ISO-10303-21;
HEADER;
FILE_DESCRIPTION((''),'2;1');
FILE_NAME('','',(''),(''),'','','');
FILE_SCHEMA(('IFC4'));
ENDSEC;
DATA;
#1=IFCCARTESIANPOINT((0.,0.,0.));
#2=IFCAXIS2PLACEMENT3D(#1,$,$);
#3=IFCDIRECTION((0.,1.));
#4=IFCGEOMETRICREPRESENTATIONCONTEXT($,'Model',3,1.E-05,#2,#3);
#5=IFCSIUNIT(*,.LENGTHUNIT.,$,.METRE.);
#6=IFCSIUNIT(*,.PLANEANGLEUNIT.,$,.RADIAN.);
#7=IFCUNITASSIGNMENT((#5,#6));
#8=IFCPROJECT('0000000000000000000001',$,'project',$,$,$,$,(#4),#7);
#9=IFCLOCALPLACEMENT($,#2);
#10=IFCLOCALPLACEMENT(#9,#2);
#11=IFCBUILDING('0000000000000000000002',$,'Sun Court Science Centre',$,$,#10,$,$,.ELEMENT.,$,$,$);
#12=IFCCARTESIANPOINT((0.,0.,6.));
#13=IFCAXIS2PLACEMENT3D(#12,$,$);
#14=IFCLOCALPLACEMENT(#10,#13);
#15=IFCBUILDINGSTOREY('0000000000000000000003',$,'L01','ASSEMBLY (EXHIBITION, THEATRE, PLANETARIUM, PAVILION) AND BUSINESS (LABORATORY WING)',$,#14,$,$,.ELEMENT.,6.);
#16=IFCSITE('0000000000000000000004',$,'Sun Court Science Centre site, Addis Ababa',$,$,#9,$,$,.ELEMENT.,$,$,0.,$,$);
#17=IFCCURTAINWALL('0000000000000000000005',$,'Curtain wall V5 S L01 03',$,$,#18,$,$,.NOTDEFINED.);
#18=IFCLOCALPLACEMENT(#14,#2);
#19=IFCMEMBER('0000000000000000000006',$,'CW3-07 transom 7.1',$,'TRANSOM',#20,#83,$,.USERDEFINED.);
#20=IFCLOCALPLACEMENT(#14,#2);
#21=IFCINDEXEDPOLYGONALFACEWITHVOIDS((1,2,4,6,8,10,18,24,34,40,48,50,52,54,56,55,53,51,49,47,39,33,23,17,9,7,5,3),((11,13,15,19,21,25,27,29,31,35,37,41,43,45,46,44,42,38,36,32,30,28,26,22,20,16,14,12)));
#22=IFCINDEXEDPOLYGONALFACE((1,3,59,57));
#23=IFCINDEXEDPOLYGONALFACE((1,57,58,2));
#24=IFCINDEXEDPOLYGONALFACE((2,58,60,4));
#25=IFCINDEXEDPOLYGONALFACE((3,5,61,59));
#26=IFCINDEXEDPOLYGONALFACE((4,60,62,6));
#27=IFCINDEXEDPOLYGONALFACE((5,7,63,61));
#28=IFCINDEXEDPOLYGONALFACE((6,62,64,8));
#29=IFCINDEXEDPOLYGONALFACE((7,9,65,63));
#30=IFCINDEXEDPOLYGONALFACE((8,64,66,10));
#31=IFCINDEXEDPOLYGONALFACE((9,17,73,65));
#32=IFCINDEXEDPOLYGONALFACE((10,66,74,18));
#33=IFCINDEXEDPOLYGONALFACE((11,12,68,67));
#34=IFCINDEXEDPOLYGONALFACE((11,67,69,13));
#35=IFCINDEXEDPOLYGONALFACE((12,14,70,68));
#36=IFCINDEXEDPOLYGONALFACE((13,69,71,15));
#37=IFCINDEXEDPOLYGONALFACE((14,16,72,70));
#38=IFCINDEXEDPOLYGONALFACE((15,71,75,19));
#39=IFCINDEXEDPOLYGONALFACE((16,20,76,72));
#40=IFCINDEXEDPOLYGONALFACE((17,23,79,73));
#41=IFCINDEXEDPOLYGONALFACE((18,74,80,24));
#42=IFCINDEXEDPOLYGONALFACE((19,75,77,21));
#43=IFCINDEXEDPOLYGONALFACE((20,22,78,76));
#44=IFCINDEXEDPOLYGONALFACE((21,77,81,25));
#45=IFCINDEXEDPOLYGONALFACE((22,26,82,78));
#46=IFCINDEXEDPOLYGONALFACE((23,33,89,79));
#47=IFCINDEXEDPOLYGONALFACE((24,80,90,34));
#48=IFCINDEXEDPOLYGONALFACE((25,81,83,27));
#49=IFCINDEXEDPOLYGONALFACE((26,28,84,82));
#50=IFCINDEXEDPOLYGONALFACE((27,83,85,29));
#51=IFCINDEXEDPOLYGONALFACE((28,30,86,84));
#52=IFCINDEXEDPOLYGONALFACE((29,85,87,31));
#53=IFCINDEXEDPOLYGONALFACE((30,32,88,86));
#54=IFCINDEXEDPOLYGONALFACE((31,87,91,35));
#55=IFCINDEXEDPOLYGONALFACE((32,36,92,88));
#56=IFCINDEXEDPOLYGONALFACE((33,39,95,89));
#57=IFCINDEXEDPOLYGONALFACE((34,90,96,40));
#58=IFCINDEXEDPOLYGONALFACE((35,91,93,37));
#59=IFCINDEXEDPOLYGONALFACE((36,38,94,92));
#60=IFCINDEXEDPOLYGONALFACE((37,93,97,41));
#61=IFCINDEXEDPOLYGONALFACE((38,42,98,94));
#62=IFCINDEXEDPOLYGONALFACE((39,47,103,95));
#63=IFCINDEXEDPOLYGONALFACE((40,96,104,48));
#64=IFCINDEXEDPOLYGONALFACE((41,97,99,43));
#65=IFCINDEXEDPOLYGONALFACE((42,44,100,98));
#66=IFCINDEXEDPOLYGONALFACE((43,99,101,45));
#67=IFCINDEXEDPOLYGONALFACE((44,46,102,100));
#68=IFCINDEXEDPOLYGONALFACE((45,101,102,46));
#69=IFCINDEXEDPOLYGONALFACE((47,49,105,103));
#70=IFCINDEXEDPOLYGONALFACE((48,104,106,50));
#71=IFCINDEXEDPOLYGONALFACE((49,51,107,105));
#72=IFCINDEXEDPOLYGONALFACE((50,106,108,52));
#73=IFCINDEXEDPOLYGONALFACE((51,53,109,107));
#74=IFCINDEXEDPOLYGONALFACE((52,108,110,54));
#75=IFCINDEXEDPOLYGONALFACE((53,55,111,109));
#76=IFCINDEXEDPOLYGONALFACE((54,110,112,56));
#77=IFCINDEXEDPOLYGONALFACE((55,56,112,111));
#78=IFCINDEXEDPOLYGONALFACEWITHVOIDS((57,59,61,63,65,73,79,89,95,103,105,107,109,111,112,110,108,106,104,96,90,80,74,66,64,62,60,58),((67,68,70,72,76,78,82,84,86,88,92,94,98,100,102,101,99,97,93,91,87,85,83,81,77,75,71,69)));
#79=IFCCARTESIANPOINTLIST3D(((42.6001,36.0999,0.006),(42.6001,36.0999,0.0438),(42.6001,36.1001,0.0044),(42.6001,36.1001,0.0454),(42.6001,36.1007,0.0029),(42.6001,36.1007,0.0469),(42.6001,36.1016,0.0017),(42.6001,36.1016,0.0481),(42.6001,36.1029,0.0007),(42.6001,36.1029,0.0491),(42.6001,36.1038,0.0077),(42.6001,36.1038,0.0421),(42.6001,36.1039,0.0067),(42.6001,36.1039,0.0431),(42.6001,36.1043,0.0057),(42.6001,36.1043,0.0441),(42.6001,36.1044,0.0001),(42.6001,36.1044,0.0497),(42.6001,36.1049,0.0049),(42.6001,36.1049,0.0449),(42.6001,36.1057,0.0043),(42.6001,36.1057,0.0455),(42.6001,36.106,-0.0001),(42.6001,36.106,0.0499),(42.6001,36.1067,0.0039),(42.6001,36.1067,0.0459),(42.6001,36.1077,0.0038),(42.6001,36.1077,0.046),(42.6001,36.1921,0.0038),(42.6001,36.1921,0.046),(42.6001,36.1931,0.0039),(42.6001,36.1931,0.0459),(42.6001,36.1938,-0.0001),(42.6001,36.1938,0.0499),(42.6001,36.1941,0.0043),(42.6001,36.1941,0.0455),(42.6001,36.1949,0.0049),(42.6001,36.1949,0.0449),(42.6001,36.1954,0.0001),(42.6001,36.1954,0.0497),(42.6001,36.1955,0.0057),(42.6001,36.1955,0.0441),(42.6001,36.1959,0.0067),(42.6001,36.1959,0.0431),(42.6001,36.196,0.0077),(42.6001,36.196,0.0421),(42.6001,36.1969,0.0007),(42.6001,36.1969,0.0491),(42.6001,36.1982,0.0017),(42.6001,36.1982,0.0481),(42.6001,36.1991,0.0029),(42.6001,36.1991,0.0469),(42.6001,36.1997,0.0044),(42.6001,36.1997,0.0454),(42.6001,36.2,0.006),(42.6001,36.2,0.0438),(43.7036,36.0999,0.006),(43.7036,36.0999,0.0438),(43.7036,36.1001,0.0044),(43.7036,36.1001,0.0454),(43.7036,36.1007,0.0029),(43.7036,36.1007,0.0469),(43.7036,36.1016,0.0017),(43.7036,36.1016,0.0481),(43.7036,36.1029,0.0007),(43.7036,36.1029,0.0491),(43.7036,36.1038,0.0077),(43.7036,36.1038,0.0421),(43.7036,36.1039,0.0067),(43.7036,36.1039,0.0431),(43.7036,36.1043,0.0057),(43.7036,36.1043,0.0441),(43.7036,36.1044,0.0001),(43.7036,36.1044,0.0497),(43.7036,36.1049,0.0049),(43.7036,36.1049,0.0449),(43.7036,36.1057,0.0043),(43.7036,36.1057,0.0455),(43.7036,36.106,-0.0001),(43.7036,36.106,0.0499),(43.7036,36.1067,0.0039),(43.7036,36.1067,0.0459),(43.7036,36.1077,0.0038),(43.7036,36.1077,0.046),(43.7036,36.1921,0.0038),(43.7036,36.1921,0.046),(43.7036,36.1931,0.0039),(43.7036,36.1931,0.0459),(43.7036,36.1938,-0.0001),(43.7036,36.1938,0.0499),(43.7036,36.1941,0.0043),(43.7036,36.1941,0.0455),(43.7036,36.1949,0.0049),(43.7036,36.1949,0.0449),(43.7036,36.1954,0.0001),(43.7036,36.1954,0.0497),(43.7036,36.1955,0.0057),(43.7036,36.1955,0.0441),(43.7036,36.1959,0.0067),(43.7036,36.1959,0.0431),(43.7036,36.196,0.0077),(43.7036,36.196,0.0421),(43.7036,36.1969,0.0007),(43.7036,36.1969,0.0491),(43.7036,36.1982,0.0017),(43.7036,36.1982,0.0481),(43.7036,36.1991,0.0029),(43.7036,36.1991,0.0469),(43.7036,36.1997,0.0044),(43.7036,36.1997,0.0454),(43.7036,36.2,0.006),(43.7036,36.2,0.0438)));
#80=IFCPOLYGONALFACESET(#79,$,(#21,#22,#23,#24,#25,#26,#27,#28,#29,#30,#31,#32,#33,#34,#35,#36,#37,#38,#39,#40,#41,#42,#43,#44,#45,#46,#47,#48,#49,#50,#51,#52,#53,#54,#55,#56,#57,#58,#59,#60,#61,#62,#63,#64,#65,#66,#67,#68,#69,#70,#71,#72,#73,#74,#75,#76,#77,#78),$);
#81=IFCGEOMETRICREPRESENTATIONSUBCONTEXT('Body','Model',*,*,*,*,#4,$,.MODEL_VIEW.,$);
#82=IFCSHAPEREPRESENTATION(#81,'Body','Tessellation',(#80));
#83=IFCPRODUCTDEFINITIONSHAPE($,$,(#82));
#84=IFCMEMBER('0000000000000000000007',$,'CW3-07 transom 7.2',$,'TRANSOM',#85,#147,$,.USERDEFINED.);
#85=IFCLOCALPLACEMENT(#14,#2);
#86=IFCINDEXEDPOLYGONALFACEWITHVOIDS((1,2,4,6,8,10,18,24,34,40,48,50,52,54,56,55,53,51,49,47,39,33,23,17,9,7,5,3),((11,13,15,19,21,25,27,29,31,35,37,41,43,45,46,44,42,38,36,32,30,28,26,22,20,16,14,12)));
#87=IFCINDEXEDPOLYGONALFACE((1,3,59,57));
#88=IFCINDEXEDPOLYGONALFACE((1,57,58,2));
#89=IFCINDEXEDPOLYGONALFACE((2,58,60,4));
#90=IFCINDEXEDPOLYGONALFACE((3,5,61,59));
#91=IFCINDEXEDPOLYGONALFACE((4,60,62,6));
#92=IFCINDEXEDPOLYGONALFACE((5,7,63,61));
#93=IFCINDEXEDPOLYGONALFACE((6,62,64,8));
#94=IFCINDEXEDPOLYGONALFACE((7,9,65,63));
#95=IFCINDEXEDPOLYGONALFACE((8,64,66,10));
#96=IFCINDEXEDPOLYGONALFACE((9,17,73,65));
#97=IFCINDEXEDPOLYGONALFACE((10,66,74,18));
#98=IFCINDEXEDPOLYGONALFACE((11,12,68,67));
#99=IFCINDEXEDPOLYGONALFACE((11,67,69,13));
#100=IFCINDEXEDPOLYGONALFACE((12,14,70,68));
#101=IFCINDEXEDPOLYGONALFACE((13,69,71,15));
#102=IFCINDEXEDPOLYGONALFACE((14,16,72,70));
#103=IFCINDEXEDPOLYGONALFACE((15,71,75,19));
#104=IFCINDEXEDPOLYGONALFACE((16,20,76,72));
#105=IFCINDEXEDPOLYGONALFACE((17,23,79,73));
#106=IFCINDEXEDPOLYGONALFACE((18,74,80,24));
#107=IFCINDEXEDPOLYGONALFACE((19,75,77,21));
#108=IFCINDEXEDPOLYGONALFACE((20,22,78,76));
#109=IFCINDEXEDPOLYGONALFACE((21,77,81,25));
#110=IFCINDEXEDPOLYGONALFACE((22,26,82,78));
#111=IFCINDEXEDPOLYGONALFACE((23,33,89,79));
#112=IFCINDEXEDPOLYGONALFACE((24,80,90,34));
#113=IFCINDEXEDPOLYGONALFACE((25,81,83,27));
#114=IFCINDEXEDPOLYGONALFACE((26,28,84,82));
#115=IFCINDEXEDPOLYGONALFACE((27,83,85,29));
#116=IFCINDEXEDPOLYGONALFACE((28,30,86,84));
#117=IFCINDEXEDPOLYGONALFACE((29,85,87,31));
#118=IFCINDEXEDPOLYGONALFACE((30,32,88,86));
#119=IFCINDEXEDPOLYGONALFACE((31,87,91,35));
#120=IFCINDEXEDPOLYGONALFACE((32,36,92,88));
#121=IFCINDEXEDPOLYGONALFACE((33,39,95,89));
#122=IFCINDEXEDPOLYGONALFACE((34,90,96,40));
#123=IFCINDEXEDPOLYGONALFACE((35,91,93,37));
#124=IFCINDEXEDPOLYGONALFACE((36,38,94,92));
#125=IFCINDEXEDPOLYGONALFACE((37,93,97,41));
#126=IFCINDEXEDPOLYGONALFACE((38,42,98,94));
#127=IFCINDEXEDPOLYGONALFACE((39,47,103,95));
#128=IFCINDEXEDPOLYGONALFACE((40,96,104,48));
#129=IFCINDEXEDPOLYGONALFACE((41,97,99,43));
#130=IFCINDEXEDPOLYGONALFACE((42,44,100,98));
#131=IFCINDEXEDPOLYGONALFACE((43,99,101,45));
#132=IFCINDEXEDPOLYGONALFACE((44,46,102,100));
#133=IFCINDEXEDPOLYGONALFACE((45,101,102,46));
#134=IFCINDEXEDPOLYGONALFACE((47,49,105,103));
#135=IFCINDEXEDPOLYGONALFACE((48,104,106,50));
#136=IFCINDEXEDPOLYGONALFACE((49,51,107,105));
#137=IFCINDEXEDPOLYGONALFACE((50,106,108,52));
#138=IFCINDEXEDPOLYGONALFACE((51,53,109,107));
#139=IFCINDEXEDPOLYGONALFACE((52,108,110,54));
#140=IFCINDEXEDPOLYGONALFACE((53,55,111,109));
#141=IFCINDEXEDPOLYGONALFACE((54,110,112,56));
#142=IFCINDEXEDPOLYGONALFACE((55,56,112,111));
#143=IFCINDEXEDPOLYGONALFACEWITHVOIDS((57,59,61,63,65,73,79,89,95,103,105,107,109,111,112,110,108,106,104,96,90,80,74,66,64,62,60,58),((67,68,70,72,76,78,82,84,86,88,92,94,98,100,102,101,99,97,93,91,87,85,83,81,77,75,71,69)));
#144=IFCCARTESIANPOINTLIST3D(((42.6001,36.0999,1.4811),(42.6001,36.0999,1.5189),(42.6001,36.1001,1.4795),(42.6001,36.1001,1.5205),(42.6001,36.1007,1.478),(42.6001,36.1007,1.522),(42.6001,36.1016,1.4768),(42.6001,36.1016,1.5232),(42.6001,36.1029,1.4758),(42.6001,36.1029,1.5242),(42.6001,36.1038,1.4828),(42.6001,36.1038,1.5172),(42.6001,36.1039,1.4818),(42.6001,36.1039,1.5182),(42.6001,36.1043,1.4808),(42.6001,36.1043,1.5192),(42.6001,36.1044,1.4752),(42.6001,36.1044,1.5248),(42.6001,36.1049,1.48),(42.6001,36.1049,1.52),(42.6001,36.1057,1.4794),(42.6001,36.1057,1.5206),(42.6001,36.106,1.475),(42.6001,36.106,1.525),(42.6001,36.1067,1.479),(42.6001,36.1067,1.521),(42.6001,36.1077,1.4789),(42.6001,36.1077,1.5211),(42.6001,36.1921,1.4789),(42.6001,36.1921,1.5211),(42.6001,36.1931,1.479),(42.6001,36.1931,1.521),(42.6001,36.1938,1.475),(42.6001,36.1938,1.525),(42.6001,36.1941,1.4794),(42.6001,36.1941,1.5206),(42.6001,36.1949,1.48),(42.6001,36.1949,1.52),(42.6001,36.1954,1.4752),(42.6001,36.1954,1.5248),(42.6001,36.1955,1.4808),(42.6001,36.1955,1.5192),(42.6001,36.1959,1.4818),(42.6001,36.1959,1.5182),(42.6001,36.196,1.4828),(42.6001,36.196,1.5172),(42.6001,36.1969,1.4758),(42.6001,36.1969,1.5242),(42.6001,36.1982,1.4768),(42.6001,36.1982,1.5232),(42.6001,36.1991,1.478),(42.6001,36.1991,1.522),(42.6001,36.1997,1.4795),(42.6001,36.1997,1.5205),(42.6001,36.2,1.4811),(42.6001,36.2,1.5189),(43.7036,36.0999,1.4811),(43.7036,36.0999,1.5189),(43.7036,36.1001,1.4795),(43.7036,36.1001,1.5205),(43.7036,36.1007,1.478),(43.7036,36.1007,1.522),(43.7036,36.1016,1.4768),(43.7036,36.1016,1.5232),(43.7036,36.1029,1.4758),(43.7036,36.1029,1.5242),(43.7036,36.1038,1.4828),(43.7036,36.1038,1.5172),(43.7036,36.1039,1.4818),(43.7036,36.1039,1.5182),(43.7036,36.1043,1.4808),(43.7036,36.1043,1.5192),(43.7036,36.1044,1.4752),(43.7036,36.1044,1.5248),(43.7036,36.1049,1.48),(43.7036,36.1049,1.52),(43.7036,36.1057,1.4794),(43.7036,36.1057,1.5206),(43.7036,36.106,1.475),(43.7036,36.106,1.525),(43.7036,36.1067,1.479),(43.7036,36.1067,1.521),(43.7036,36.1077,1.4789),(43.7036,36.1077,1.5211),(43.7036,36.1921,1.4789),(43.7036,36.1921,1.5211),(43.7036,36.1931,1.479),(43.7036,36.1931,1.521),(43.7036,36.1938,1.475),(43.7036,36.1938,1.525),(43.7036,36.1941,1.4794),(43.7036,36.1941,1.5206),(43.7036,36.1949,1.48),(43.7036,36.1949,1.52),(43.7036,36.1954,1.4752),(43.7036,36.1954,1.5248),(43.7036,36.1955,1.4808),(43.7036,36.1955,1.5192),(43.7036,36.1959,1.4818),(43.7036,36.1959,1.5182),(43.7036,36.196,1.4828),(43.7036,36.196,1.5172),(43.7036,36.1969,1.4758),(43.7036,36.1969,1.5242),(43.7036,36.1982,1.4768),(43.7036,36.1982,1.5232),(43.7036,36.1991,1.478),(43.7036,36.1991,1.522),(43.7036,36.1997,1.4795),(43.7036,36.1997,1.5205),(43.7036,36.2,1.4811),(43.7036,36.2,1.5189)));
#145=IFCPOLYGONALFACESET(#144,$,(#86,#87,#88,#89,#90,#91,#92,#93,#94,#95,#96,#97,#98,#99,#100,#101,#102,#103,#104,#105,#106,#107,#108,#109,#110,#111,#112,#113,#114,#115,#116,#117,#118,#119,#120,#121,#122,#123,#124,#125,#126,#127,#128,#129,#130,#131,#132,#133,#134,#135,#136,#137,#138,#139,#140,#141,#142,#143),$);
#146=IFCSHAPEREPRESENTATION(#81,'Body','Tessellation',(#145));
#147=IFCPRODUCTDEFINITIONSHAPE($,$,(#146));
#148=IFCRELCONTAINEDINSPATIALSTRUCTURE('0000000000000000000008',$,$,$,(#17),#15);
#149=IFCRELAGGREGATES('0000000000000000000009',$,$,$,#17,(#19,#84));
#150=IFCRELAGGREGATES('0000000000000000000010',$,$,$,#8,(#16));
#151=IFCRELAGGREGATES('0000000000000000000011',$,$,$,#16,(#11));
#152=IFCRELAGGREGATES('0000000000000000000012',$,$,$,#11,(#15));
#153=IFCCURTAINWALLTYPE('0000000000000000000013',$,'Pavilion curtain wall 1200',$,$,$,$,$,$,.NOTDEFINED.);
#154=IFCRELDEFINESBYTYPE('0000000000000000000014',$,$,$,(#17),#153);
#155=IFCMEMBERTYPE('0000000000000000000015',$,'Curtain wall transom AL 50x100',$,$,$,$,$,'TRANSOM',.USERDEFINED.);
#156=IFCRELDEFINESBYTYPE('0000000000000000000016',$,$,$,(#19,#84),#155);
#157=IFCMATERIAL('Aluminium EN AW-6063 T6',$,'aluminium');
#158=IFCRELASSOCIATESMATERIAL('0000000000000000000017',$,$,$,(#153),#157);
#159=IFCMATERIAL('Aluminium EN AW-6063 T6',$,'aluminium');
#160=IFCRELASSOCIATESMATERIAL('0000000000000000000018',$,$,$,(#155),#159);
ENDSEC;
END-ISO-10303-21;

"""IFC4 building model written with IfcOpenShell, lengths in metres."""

from ifc_helpers import new_model, si_unit, direction, frame, origin, origin_2d, place, context, subcontext, project, spatial, hollow_rectangle, extrude, material, material_profile, profile_set, type_object, element, aggregate, save


model = new_model("IFC4")

# Units and contexts
model_context = context("Model", 3, precision=1e-05, world=origin(), true_north=direction((0.0, 1.0)))
body_context = subcontext(model_context, "Body", "Model", "MODEL_VIEW")
ifc_project = project(units=[si_unit("LENGTHUNIT", "METRE"), si_unit("PLANEANGLEUNIT", "RADIAN")], contexts=[model_context])

# Site, building, storey
site_placement = place(None, origin())
site = spatial("IfcSite", under=ifc_project, at=site_placement, Name="Sun Court Science Centre site, Addis Ababa", CompositionType="ELEMENT", RefElevation=0.0)
building_placement = place(site_placement, origin())
building = spatial("IfcBuilding", under=site, at=building_placement, Name="Sun Court Science Centre", CompositionType="ELEMENT")
storey_placement = place(building_placement, frame((0.0, 0.0, 6.0)))
storey = spatial("IfcBuildingStorey", under=building, at=storey_placement, Name="L01", Description="ASSEMBLY (EXHIBITION, THEATRE, PLANETARIUM, PAVILION) AND BUSINESS (LABORATORY WING)", CompositionType="ELEMENT", Elevation=6.0)

# Curtain wall
ifc_material_1 = material(Name="Aluminium EN AW-6063 T6", Category="aluminium")
curtain_wall_type_1 = type_object("IfcCurtainWallType", Name="Pavilion curtain wall 1200", PredefinedType="NOTDEFINED", material=ifc_material_1)
curtain_wall_1_placement = place(storey_placement, origin())
curtain_wall_1 = element("IfcCurtainWall", 1, at=curtain_wall_1_placement, inside=storey, type_object=curtain_wall_type_1, Name="Curtain wall V5 S L01 03", PredefinedType="NOTDEFINED")

# Members
ifc_material_2 = material(Name="Aluminium EN AW-6063 T6", Category="aluminium")
ifc_material_profile_1 = material_profile(ifc_material_2, hollow_rectangle(XDim=0.05, YDim=0.1001, WallThickness=0.0039, InnerFilletRadius=0.0039, OuterFilletRadius=0.0061, at=origin_2d()), Name="AL 50x100x4")
ifc_profile_set_1 = profile_set([ifc_material_profile_1], Name="Aluminium EN AW-6063 T6")
member_type_1 = type_object("IfcMemberType", Name="Curtain wall transom AL 50x100", ElementType="TRANSOM", PredefinedType="USERDEFINED", material=ifc_profile_set_1)
member_1_placement = place(storey_placement, frame((43.7036, 36.1499, 0.0249), z_axis=(-1.0, 0.0, 0.0), x_axis=(0.0, 0.0, 1.0)))
member_1 = element("IfcMember", 2, at=member_1_placement, type_object=member_type_1, Name="CW3-07 transom 7.1", ObjectType="TRANSOM", PredefinedType="USERDEFINED", context=body_context, shape_type="SweptSolid", body=[
    extrude(hollow_rectangle(XDim=0.05, YDim=0.1001, WallThickness=0.0039, InnerFilletRadius=0.0039, OuterFilletRadius=0.0061, at=origin_2d()), origin(), (0.0, 0.0, 1.0), 1.1035),
])
member_2_placement = place(storey_placement, frame((43.7036, 36.1499, 1.5), z_axis=(-1.0, 0.0, 0.0), x_axis=(0.0, 0.0, 1.0)))
member_2 = element("IfcMember", 3, at=member_2_placement, type_object=member_type_1, Name="CW3-07 transom 7.2", ObjectType="TRANSOM", PredefinedType="USERDEFINED", context=body_context, shape_type="SweptSolid", body=[
    extrude(hollow_rectangle(XDim=0.05, YDim=0.1001, WallThickness=0.0039, InnerFilletRadius=0.0039, OuterFilletRadius=0.0061, at=origin_2d()), origin(), (0.0, 0.0, 1.0), 1.1035),
])

aggregate(curtain_wall_1, [member_1, member_2])

save(model, "model.ifc")
